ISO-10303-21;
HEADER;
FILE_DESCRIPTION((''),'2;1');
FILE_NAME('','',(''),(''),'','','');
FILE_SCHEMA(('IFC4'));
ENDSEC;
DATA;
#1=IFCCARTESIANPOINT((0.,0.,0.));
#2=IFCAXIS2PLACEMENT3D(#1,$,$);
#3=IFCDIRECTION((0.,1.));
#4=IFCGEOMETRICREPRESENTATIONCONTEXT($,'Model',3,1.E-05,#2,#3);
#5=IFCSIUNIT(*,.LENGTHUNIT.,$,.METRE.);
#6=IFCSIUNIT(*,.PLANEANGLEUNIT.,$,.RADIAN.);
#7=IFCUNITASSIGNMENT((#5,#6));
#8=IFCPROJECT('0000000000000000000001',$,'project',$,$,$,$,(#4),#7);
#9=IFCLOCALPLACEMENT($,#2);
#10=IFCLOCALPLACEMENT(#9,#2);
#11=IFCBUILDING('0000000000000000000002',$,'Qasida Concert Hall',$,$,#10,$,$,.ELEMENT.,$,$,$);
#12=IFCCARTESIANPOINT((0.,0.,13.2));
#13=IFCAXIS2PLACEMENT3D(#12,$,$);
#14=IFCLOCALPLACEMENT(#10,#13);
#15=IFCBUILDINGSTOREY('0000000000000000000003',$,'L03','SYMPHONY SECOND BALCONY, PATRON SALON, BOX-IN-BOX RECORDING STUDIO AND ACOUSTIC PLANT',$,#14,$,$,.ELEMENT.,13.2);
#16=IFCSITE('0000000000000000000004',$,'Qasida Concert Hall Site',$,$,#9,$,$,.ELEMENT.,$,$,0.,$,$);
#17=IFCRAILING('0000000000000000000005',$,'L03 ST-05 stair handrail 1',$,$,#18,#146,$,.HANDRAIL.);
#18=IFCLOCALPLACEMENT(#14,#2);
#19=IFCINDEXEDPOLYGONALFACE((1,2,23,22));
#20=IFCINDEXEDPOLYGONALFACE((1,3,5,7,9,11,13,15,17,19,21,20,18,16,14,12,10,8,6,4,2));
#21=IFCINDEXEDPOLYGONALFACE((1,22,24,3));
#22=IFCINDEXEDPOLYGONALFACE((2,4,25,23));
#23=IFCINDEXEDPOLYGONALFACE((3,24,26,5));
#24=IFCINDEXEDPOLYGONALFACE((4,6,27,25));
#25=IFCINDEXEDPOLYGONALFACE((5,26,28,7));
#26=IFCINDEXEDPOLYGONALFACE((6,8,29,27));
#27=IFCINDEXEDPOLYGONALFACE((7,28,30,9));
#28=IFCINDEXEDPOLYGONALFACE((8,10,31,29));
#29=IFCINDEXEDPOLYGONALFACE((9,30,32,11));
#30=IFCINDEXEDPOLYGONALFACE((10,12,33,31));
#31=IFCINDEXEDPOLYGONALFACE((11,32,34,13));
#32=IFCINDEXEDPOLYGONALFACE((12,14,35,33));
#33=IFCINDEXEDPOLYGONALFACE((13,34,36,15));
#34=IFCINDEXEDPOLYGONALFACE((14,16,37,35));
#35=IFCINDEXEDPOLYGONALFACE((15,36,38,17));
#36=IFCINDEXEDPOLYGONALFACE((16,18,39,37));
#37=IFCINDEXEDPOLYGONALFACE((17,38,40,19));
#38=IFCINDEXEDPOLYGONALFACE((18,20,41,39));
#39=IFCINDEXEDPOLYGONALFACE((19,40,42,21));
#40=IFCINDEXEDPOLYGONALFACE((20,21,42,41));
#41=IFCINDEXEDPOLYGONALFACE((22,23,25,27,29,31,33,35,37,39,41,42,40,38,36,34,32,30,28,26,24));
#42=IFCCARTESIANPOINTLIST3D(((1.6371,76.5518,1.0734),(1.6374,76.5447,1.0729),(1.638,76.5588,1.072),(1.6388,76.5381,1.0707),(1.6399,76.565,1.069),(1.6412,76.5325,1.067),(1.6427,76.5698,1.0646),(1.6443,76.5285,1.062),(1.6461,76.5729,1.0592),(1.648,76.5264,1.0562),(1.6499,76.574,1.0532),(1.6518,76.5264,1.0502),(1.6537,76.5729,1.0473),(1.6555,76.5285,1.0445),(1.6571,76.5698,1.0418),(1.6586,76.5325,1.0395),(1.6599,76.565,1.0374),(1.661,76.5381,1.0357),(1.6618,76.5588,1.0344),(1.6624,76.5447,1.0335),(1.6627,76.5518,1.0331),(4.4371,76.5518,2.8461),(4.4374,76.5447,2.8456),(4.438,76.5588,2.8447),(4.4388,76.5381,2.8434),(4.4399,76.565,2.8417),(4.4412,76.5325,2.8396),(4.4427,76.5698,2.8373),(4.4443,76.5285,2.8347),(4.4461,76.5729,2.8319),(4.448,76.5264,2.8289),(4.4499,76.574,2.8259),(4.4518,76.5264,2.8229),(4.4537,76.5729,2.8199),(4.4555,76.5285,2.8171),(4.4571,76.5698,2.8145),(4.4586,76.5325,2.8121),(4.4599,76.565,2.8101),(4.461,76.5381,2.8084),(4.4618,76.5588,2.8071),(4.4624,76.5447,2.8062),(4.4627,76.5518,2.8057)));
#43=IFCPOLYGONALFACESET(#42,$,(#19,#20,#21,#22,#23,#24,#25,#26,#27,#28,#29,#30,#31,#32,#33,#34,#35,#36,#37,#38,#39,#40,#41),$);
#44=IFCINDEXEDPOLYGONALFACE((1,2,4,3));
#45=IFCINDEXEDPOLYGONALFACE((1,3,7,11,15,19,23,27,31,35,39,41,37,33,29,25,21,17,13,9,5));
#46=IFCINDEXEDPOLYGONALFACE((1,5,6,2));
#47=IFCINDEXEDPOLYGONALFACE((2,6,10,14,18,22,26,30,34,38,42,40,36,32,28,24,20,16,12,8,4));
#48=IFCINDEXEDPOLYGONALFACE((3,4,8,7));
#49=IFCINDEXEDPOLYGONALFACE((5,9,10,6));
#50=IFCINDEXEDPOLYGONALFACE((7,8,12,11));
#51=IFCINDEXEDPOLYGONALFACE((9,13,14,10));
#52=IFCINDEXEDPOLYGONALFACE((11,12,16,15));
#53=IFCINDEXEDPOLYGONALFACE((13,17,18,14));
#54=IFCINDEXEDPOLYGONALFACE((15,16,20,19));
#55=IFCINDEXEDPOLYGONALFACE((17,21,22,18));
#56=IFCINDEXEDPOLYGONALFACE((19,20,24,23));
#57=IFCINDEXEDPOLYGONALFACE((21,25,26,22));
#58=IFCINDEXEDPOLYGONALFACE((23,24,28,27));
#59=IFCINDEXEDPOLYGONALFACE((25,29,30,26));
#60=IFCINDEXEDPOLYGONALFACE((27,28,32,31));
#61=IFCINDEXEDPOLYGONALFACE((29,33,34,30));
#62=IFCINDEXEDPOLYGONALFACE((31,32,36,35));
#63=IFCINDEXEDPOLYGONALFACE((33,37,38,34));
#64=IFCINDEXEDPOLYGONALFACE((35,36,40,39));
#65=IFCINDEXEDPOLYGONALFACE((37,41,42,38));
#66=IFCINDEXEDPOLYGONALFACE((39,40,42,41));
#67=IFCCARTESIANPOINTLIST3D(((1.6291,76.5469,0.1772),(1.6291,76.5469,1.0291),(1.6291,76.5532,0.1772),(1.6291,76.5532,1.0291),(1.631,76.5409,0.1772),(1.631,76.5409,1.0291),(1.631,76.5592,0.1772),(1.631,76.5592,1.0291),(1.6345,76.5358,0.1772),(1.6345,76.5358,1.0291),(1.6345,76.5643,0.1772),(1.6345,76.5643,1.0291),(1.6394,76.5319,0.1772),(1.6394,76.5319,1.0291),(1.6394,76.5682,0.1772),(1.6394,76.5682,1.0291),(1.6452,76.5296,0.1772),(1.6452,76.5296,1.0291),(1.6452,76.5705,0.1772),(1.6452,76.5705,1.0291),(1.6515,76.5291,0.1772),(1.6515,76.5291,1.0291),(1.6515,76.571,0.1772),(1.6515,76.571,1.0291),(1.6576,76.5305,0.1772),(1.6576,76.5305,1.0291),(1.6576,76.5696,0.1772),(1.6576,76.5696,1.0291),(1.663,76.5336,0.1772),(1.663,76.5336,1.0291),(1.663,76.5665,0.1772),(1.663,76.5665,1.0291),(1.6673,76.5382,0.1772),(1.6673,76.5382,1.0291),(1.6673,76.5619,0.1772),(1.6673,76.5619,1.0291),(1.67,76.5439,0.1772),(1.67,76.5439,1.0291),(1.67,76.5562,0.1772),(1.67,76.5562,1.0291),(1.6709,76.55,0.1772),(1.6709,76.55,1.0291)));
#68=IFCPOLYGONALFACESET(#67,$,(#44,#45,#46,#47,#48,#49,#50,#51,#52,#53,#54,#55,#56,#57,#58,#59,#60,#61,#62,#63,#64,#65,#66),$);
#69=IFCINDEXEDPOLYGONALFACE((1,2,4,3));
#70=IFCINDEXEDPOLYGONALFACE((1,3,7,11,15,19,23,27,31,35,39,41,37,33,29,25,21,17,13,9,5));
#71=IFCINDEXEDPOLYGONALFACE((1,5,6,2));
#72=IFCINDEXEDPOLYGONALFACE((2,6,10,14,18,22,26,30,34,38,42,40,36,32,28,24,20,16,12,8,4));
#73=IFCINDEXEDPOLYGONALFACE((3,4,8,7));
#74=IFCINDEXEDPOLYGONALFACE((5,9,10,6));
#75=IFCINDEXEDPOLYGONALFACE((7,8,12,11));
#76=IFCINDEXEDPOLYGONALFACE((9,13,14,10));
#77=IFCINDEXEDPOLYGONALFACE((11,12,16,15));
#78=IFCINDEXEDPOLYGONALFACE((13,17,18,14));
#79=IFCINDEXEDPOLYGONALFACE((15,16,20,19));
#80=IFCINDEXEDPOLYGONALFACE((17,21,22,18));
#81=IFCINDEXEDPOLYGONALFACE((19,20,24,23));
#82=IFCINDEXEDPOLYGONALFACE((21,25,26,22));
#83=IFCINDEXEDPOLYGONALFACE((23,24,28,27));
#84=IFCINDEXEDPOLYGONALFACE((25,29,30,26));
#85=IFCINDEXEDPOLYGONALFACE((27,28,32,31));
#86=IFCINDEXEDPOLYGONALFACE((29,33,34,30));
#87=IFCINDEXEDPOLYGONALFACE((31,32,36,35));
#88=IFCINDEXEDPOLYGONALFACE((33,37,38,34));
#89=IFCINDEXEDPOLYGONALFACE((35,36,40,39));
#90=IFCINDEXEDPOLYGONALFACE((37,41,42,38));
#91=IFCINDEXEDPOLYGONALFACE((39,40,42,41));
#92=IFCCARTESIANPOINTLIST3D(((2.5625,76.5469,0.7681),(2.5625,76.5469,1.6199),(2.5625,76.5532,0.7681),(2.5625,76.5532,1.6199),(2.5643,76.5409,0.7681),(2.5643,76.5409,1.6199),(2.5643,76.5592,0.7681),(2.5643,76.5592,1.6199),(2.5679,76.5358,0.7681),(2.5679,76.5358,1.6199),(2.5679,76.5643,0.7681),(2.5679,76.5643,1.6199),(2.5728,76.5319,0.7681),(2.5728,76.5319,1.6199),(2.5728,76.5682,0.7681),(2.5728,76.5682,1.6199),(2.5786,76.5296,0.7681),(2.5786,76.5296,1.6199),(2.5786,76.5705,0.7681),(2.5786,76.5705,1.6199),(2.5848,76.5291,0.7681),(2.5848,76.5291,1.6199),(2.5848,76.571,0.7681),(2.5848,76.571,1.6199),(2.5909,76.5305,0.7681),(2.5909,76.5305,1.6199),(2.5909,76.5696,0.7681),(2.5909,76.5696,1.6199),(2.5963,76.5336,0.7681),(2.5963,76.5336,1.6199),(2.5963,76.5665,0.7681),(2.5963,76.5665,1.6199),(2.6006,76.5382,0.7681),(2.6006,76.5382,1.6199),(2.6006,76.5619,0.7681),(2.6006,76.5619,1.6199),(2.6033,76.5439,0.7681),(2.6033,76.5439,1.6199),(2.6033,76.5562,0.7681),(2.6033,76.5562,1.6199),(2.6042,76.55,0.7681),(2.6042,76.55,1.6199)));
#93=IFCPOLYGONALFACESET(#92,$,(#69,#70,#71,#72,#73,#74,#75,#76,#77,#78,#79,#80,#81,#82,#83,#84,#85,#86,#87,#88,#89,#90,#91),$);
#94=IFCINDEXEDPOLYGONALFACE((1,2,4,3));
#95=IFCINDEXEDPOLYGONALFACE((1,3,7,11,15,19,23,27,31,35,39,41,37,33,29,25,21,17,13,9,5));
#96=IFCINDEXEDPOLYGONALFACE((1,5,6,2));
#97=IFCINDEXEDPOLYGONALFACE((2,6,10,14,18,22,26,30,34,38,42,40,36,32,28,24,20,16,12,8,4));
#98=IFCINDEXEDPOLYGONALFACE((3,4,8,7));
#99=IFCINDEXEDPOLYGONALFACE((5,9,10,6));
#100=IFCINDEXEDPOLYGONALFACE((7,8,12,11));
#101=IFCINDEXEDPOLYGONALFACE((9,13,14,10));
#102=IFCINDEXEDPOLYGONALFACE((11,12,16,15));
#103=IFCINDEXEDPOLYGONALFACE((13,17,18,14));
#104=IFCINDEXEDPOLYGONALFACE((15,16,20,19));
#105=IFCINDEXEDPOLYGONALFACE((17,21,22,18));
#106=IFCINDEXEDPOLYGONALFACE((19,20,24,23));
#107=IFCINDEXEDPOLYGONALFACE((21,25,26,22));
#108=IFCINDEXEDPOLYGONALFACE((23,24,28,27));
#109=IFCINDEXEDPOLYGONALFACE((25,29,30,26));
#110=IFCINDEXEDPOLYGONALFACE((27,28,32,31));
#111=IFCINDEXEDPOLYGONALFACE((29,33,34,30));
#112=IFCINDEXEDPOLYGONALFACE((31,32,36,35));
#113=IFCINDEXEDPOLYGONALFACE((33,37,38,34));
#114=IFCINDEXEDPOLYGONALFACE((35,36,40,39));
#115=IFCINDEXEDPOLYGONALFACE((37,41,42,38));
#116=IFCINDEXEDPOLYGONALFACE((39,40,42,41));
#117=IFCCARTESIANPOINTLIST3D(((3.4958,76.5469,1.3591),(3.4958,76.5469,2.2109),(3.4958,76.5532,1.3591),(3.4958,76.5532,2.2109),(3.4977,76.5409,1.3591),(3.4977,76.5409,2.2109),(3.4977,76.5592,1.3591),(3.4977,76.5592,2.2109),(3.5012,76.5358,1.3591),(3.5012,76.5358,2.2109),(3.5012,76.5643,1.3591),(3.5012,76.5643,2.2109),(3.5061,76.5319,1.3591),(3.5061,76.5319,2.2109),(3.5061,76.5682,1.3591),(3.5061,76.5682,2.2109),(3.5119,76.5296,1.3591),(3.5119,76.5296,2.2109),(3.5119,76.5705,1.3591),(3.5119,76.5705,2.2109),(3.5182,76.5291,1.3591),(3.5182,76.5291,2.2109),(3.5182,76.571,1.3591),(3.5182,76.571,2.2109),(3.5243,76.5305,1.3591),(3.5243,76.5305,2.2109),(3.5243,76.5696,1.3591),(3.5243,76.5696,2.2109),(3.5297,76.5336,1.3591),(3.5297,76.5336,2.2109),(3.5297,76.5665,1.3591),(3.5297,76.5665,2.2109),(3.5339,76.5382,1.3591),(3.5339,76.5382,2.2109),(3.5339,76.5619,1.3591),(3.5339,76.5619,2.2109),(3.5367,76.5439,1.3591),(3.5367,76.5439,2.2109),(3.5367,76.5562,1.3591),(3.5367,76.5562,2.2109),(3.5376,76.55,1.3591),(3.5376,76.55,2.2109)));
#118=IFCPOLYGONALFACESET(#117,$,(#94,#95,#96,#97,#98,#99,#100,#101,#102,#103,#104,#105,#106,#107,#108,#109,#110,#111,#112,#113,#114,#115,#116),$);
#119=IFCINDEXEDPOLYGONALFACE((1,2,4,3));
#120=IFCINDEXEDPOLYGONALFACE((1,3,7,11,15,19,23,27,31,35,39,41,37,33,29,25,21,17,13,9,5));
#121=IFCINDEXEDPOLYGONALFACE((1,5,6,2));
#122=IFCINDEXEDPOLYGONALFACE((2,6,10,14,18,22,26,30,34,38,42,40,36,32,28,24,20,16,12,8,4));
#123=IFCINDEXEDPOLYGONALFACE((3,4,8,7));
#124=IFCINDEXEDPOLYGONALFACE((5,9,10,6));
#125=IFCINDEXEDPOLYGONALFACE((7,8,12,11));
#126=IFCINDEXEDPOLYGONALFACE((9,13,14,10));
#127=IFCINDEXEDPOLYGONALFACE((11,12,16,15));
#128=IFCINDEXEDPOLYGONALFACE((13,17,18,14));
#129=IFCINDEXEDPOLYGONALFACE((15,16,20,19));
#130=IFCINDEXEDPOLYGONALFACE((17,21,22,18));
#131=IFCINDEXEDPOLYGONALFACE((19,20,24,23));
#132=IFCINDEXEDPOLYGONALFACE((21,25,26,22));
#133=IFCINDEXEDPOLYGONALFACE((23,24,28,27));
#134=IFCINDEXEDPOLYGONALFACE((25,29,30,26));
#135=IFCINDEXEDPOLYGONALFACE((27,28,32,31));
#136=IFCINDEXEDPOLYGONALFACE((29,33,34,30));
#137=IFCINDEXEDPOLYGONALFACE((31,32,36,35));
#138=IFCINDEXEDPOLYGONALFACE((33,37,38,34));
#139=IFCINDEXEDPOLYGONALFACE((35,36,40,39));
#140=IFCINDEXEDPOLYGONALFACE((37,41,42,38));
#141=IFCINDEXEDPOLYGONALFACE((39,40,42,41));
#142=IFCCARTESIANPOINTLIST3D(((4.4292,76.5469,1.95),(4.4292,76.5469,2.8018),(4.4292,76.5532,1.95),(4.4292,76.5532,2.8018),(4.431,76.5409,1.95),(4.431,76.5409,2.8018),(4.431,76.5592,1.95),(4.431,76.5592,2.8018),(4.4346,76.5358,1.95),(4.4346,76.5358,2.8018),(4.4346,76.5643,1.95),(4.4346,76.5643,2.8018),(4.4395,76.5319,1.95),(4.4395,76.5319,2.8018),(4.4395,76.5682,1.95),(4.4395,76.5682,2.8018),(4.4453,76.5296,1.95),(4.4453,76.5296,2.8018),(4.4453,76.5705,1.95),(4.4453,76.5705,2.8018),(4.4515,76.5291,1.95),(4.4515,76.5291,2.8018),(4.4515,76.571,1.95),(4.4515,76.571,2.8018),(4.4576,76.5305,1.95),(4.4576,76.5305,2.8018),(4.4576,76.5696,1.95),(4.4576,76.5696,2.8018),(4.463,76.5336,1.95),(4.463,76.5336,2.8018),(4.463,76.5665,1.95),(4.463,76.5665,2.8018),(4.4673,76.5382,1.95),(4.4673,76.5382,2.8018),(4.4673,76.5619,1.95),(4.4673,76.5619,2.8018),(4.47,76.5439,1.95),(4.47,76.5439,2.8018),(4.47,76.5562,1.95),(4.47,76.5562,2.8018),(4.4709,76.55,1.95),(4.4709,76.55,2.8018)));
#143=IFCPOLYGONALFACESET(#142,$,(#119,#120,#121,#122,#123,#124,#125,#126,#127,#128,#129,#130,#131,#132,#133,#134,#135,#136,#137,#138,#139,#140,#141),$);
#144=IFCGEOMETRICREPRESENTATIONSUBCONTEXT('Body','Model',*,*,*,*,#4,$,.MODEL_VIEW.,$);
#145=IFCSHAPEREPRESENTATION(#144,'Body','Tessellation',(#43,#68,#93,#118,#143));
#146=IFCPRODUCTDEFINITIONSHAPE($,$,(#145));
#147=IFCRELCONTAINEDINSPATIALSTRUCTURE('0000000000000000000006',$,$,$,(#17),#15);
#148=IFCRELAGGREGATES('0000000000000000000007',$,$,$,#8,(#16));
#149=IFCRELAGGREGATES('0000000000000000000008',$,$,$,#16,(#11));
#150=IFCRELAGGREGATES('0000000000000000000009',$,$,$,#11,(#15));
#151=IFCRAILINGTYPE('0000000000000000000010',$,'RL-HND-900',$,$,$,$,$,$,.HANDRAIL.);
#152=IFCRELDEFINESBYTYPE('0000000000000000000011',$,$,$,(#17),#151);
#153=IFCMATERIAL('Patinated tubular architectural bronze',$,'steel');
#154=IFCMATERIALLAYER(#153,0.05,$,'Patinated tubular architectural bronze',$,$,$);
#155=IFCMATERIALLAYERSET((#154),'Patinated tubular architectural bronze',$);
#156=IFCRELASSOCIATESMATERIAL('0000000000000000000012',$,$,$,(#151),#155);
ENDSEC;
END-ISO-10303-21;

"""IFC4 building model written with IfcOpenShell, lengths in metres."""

from ifc_helpers import new_model, si_unit, direction, frame, origin, origin_2d, place, context, subcontext, project, spatial, circle, extrude, material, layer, layer_set, type_object, element, save


model = new_model("IFC4")

# Units and contexts
model_context = context("Model", 3, precision=1e-05, world=origin(), true_north=direction((0.0, 1.0)))
body_context = subcontext(model_context, "Body", "Model", "MODEL_VIEW")
ifc_project = project(units=[si_unit("LENGTHUNIT", "METRE"), si_unit("PLANEANGLEUNIT", "RADIAN")], contexts=[model_context])

# Site, building, storey
site_placement = place(None, origin())
site = spatial("IfcSite", under=ifc_project, at=site_placement, Name="Qasida Concert Hall Site", CompositionType="ELEMENT", RefElevation=0.0)
building_placement = place(site_placement, origin())
building = spatial("IfcBuilding", under=site, at=building_placement, Name="Qasida Concert Hall", CompositionType="ELEMENT")
storey_placement = place(building_placement, frame((0.0, 0.0, 13.2)))
storey = spatial("IfcBuildingStorey", under=building, at=storey_placement, Name="L03", Description="SYMPHONY SECOND BALCONY, PATRON SALON, BOX-IN-BOX RECORDING STUDIO AND ACOUSTIC PLANT", CompositionType="ELEMENT", Elevation=13.2)

# Railing
ifc_material_1 = material(Name="Patinated tubular architectural bronze", Category="steel")
ifc_layer_1 = layer(ifc_material_1, 0.05, Name="Patinated tubular architectural bronze")
ifc_layer_set_1 = layer_set([ifc_layer_1], Name="Patinated tubular architectural bronze")
railing_type_1 = type_object("IfcRailingType", Name="RL-HND-900", PredefinedType="HANDRAIL", material=ifc_layer_set_1)
railing_1_placement = place(storey_placement, frame((1.6499, 76.55, 0.1772)))
element("IfcRailing", 1, at=railing_1_placement, inside=storey, type_object=railing_type_1, Name="L03 ST-05 stair handrail 1", PredefinedType="HANDRAIL", context=body_context, shape_type="SweptSolid", body=[
    extrude(circle(Radius=0.0239, at=origin_2d()), frame((0.0, 0.0, 0.876), z_axis=(0.844909, 0.0, 0.53491), x_axis=(0.0, 1.0, 0.0)), (0.0, 0.0, 1.0), 3.314),
    extrude(circle(Radius=0.021, at=origin_2d()), origin(), (0.0, 0.0, 1.0), 0.8518),
    extrude(circle(Radius=0.021, at=origin_2d()), frame((0.9333, 0.0, 0.5908)), (0.0, 0.0, 1.0), 0.8518),
    extrude(circle(Radius=0.021, at=origin_2d()), frame((1.8667, 0.0, 1.1819)), (0.0, 0.0, 1.0), 0.8518),
    extrude(circle(Radius=0.021, at=origin_2d()), frame((2.8, 0.0, 1.7727)), (0.0, 0.0, 1.0), 0.8518),
])

save(model, "model.ifc")
